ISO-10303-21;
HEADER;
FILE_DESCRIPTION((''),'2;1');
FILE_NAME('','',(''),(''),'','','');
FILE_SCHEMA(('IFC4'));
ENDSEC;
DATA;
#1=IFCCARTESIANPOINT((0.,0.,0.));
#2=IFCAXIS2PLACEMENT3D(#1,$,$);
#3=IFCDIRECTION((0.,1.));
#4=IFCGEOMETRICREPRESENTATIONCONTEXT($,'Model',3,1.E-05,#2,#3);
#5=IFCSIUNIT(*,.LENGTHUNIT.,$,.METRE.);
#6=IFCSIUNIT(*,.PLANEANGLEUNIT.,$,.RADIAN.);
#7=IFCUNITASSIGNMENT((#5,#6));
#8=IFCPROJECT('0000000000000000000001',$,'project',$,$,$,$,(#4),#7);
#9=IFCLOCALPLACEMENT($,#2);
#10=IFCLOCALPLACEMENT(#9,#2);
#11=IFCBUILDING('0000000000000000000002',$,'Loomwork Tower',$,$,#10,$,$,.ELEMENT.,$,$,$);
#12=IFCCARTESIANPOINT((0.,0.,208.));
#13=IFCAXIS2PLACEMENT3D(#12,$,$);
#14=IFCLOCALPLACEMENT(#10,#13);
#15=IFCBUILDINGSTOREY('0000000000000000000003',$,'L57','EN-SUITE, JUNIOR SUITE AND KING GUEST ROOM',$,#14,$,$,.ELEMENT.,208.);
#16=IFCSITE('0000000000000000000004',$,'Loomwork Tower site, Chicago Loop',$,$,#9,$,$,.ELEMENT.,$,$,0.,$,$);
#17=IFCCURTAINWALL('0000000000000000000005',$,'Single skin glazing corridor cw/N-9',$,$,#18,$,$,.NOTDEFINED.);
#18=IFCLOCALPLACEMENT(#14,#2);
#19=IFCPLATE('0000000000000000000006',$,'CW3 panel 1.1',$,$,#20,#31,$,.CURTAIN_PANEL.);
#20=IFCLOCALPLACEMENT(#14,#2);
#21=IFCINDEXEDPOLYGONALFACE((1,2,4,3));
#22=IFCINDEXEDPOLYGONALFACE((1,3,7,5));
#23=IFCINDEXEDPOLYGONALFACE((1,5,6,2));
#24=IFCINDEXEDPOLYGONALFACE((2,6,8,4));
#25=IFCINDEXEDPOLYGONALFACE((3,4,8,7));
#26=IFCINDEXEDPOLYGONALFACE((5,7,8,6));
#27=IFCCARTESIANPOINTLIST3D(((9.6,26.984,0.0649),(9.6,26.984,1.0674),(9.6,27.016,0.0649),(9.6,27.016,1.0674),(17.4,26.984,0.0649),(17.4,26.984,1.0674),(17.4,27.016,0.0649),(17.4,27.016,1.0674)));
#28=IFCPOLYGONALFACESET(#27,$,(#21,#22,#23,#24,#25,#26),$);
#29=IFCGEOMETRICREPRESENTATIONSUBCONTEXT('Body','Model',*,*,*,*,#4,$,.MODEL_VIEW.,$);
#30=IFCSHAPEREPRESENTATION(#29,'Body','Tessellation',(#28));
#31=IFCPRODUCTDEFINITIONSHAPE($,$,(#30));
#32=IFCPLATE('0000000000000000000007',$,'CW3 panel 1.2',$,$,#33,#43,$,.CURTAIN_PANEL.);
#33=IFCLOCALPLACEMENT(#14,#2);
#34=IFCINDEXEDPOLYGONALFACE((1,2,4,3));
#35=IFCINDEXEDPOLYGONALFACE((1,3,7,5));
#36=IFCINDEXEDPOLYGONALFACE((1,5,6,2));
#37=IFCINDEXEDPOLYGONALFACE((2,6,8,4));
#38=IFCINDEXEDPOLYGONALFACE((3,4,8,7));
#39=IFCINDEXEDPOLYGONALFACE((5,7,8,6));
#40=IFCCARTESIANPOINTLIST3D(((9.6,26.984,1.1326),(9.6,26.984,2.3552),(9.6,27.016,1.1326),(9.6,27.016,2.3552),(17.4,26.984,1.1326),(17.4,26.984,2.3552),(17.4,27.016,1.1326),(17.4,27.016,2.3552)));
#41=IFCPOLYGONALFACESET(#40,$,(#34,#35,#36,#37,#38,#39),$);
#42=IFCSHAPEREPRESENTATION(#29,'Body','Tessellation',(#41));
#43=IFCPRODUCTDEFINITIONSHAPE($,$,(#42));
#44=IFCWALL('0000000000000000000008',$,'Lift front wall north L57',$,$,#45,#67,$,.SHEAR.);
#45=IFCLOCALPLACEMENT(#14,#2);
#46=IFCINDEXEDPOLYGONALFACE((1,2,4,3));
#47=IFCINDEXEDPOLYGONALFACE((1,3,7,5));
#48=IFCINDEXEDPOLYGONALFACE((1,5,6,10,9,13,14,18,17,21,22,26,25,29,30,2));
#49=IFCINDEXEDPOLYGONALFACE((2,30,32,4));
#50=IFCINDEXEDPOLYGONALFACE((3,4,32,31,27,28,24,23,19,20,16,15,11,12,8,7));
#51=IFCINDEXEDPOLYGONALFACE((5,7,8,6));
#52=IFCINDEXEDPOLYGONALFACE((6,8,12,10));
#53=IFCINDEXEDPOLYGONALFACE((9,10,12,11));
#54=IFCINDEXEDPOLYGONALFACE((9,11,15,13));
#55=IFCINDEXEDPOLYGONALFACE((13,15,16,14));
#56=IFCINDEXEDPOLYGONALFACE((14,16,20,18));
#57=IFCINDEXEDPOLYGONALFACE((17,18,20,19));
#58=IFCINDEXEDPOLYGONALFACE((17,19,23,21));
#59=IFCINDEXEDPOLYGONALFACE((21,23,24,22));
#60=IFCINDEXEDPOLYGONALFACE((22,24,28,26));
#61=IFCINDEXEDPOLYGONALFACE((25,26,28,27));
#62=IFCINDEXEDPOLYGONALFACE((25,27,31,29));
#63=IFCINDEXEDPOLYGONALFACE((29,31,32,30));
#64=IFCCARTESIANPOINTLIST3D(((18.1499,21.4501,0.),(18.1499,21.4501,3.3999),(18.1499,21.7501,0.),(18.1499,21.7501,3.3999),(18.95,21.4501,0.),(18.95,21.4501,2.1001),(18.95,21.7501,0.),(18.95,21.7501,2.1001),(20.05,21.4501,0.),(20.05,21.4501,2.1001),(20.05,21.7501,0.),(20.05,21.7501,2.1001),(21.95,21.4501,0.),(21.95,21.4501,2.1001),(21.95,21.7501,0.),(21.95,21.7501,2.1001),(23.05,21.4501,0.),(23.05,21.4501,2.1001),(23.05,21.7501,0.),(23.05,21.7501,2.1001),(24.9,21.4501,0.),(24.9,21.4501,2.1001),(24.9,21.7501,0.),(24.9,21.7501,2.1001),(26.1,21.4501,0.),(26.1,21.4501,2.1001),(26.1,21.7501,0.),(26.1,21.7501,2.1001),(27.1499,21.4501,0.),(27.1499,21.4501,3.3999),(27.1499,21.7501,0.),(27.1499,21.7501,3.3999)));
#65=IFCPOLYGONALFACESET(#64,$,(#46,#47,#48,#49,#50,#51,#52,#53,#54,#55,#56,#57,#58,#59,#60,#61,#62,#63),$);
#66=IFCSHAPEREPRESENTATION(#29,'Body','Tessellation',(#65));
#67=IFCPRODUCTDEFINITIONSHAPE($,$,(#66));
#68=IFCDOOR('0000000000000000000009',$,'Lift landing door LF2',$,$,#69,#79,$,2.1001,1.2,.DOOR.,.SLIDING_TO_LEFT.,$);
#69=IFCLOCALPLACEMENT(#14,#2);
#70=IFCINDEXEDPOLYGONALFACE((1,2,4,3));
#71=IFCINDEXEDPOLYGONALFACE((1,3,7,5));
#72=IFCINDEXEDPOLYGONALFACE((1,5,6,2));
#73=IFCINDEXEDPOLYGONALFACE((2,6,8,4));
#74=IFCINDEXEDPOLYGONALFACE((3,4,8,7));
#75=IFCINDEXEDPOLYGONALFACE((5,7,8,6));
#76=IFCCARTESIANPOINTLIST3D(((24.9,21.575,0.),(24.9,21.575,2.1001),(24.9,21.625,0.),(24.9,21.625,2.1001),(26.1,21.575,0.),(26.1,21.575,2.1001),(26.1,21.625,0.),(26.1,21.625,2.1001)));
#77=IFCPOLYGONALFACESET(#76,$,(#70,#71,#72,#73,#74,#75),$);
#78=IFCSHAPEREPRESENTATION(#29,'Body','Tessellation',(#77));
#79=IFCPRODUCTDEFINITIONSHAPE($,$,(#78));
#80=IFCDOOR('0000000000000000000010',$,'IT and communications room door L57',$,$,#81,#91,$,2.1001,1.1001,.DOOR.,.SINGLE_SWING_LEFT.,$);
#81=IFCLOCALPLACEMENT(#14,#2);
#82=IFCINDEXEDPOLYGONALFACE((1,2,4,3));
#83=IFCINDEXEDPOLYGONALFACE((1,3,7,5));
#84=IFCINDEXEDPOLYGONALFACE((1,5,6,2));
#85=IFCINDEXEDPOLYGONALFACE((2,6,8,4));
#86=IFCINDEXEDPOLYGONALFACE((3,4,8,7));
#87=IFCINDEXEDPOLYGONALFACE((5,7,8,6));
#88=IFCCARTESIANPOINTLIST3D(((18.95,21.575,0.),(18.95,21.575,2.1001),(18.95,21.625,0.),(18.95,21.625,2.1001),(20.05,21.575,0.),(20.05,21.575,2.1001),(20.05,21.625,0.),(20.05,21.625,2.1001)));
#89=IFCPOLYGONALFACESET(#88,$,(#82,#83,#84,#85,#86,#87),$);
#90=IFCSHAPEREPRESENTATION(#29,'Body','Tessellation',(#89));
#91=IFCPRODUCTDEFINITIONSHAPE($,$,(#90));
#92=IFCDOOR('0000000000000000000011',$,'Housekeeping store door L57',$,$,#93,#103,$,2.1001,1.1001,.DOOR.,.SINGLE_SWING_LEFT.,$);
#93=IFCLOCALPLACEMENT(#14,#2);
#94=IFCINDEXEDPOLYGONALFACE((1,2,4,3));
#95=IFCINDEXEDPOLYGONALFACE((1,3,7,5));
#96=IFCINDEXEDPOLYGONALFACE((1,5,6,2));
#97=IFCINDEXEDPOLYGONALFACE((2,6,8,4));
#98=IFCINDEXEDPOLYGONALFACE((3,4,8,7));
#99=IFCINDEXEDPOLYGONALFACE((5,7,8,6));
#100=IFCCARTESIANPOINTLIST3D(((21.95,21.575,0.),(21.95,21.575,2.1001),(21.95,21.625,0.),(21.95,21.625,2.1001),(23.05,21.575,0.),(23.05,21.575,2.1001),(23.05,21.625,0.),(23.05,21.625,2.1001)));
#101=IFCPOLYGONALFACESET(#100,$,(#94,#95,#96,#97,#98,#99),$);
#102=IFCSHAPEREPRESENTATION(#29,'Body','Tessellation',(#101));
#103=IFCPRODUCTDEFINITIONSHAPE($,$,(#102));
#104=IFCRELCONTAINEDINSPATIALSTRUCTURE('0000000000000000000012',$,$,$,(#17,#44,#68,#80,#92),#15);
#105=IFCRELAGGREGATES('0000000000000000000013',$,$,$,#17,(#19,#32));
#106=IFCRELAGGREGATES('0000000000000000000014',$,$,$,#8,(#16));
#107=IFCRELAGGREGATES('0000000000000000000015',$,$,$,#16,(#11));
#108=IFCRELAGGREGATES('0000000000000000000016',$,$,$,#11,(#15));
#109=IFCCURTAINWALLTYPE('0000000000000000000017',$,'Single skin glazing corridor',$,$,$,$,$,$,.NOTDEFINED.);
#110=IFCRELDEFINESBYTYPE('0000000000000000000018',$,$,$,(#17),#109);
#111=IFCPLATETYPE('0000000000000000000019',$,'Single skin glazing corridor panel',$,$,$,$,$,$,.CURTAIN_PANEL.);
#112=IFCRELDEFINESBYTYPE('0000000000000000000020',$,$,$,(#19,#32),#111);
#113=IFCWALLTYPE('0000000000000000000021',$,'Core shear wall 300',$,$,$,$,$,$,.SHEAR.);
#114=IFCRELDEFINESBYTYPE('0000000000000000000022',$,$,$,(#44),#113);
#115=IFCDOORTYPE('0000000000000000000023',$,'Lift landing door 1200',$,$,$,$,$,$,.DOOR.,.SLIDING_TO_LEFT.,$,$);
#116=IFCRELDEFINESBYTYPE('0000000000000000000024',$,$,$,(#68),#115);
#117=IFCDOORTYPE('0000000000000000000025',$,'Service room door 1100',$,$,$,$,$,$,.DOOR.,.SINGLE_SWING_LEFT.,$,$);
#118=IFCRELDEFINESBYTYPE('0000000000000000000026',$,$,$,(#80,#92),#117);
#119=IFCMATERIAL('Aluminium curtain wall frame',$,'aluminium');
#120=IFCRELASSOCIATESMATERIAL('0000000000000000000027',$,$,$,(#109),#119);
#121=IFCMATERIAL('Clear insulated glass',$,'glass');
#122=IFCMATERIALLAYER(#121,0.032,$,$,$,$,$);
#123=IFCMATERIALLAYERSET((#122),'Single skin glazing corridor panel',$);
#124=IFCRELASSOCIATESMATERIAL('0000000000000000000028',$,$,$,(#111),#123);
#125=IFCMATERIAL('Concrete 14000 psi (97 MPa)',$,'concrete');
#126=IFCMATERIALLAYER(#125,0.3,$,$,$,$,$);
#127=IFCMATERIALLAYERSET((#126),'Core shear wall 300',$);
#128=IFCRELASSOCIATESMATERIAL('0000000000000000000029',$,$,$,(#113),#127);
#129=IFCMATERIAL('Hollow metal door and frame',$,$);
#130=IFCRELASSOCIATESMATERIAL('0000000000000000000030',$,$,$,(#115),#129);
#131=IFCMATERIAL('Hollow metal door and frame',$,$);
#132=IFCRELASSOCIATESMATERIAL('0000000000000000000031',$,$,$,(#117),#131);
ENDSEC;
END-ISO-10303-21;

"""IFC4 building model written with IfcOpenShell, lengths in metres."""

from ifc_helpers import new_model, si_unit, direction, frame, frame_2d, origin, origin_2d, place, context, subcontext, project, spatial, rectangle, extrude, material, layer, layer_set, type_object, element, fill, aggregate, save


model = new_model("IFC4")

# Units and contexts
model_context = context("Model", 3, precision=1e-05, world=origin(), true_north=direction((0.0, 1.0)))
body_context = subcontext(model_context, "Body", "Model", "MODEL_VIEW")
ifc_project = project(units=[si_unit("LENGTHUNIT", "METRE"), si_unit("PLANEANGLEUNIT", "RADIAN")], contexts=[model_context])

# Site, building, storey
site_placement = place(None, origin())
site = spatial("IfcSite", under=ifc_project, at=site_placement, Name="Loomwork Tower site, Chicago Loop", CompositionType="ELEMENT", RefElevation=0.0)
building_placement = place(site_placement, origin())
building = spatial("IfcBuilding", under=site, at=building_placement, Name="Loomwork Tower", CompositionType="ELEMENT")
storey_placement = place(building_placement, frame((0.0, 0.0, 208.0)))
storey = spatial("IfcBuildingStorey", under=building, at=storey_placement, Name="L57", Description="EN-SUITE, JUNIOR SUITE AND KING GUEST ROOM", CompositionType="ELEMENT", Elevation=208.0)

# Shared definitions
ifc_material_1 = material(Name="Aluminium curtain wall frame", Category="aluminium")
curtain_wall_type = type_object("IfcCurtainWallType", Name="Single skin glazing corridor", PredefinedType="NOTDEFINED", material=ifc_material_1)

# Curtain wall, plates
curtain_wall_1_placement = place(storey_placement, origin())
curtain_wall_1 = element("IfcCurtainWall", 1, at=curtain_wall_1_placement, inside=storey, type_object=curtain_wall_type, Name="Single skin glazing corridor cw/N-9", PredefinedType="NOTDEFINED")
ifc_material_2 = material(Name="Clear insulated glass", Category="glass")
ifc_layer_1 = layer(ifc_material_2, 0.032)
ifc_layer_set_1 = layer_set([ifc_layer_1], Name="Single skin glazing corridor panel")
plate_type = type_object("IfcPlateType", Name="Single skin glazing corridor panel", PredefinedType="CURTAIN_PANEL", material=ifc_layer_set_1)
plate_1_placement = place(storey_placement, frame((13.5, 27.0, 0.0649), z_axis=(0.0, 0.0, 1.0), x_axis=(-1.0, 0.0, 0.0)))
plate_1 = element("IfcPlate", 2, at=plate_1_placement, type_object=plate_type, Name="CW3 panel 1.1", PredefinedType="CURTAIN_PANEL", context=body_context, shape_type="SweptSolid", body=[
    extrude(rectangle(XDim=7.8, YDim=0.032, at=origin_2d()), origin(), (0.0, 0.0, 1.0), 1.0024),
])
plate_2_placement = place(storey_placement, frame((13.5, 27.0, 1.1326), z_axis=(0.0, 0.0, 1.0), x_axis=(-1.0, 0.0, 0.0)))
plate_2 = element("IfcPlate", 3, at=plate_2_placement, type_object=plate_type, Name="CW3 panel 1.2", PredefinedType="CURTAIN_PANEL", context=body_context, shape_type="SweptSolid", body=[
    extrude(rectangle(XDim=7.8, YDim=0.032, at=origin_2d()), origin(), (0.0, 0.0, 1.0), 1.2227),
])
aggregate(curtain_wall_1, [plate_1, plate_2])

# Wall, openings, doors
ifc_material_3 = material(Name="Concrete 14000 psi (97 MPa)", Category="concrete")
ifc_layer_2 = layer(ifc_material_3, 0.3)
ifc_layer_set_2 = layer_set([ifc_layer_2], Name="Core shear wall 300")
wall_type_1 = type_object("IfcWallType", Name="Core shear wall 300", PredefinedType="SHEAR", material=ifc_layer_set_2)
wall_1_placement = place(storey_placement, frame((18.1499, 21.6001, 0.0), z_axis=(0.0, 0.0, 1.0), x_axis=(1.0, 0.0, 0.0)))
wall_1 = element("IfcWall", 4, at=wall_1_placement, inside=storey, type_object=wall_type_1, Name="Lift front wall north L57", PredefinedType="SHEAR", context=body_context, shape_type="SweptSolid", body=[
    extrude(rectangle(XDim=9.0, YDim=0.3, at=frame_2d((4.5, 0.0))), origin(), (0.0, 0.0, 1.0), 3.3999),
])
opening_1_placement = place(wall_1_placement, frame((6.75, 0.0, 0.0)))
opening_1 = element("IfcOpeningElement", 5, at=opening_1_placement, cuts=wall_1, PredefinedType="OPENING", context=body_context, shape_type="SweptSolid", body=[
    extrude(rectangle(XDim=1.2, YDim=2.1001, at=frame_2d((0.6001, 1.05))), frame((0.0, 0.1599, 0.0), z_axis=(0.0, -1.0, 0.0), x_axis=(1.0, 0.0, 0.0)), (0.0, 0.0, 1.0), 0.3201),
])
opening_2_placement = place(wall_1_placement, frame((0.8, 0.0, 0.0)))
opening_2 = element("IfcOpeningElement", 6, at=opening_2_placement, cuts=wall_1, PredefinedType="OPENING", context=body_context, shape_type="SweptSolid", body=[
    extrude(rectangle(XDim=1.1001, YDim=2.1001, at=frame_2d((0.55, 1.05))), frame((0.0, 0.1599, 0.0), z_axis=(0.0, -1.0, 0.0), x_axis=(1.0, 0.0, 0.0)), (0.0, 0.0, 1.0), 0.3201),
])
opening_3_placement = place(wall_1_placement, frame((3.8, 0.0, 0.0)))
opening_3 = element("IfcOpeningElement", 7, at=opening_3_placement, cuts=wall_1, PredefinedType="OPENING", context=body_context, shape_type="SweptSolid", body=[
    extrude(rectangle(XDim=1.1001, YDim=2.1001, at=frame_2d((0.55, 1.05))), frame((0.0, 0.1599, 0.0), z_axis=(0.0, -1.0, 0.0), x_axis=(1.0, 0.0, 0.0)), (0.0, 0.0, 1.0), 0.3201),
])
ifc_material_4 = material(Name="Hollow metal door and frame")
door_type_1 = type_object("IfcDoorType", Name="Lift landing door 1200", OperationType="SLIDING_TO_LEFT", PredefinedType="DOOR", material=ifc_material_4)
door_1_placement = place(opening_1_placement, origin())
door_1 = element("IfcDoor", 8, at=door_1_placement, inside=storey, type_object=door_type_1, Name="Lift landing door LF2", OperationType="SLIDING_TO_LEFT", OverallHeight=2.1001, OverallWidth=1.2, PredefinedType="DOOR", context=body_context, shape_type="SweptSolid", body=[
    extrude(rectangle(XDim=1.2, YDim=2.1001, at=frame_2d((0.6001, 1.05))), frame((0.0, 0.0249, 0.0), z_axis=(0.0, -1.0, 0.0), x_axis=(1.0, 0.0, 0.0)), (0.0, 0.0, 1.0), 0.05),
])
fill(opening_1, door_1)
ifc_material_5 = material(Name="Hollow metal door and frame")
door_type_2 = type_object("IfcDoorType", Name="Service room door 1100", OperationType="SINGLE_SWING_LEFT", PredefinedType="DOOR", material=ifc_material_5)
door_2_placement = place(opening_2_placement, origin())
door_2 = element("IfcDoor", 9, at=door_2_placement, inside=storey, type_object=door_type_2, Name="IT and communications room door L57", OperationType="SINGLE_SWING_LEFT", OverallHeight=2.1001, OverallWidth=1.1001, PredefinedType="DOOR", context=body_context, shape_type="SweptSolid", body=[
    extrude(rectangle(XDim=1.1001, YDim=2.1001, at=frame_2d((0.55, 1.05))), frame((0.0, 0.0249, 0.0), z_axis=(0.0, -1.0, 0.0), x_axis=(1.0, 0.0, 0.0)), (0.0, 0.0, 1.0), 0.05),
])
fill(opening_2, door_2)
door_3_placement = place(opening_3_placement, origin())
door_3 = element("IfcDoor", 10, at=door_3_placement, inside=storey, type_object=door_type_2, Name="Housekeeping store door L57", OperationType="SINGLE_SWING_LEFT", OverallHeight=2.1001, OverallWidth=1.1001, PredefinedType="DOOR", context=body_context, shape_type="SweptSolid", body=[
    extrude(rectangle(XDim=1.1001, YDim=2.1001, at=frame_2d((0.55, 1.05))), frame((0.0, 0.0249, 0.0), z_axis=(0.0, -1.0, 0.0), x_axis=(1.0, 0.0, 0.0)), (0.0, 0.0, 1.0), 0.05),
])
fill(opening_3, door_3)

save(model, "model.ifc")
